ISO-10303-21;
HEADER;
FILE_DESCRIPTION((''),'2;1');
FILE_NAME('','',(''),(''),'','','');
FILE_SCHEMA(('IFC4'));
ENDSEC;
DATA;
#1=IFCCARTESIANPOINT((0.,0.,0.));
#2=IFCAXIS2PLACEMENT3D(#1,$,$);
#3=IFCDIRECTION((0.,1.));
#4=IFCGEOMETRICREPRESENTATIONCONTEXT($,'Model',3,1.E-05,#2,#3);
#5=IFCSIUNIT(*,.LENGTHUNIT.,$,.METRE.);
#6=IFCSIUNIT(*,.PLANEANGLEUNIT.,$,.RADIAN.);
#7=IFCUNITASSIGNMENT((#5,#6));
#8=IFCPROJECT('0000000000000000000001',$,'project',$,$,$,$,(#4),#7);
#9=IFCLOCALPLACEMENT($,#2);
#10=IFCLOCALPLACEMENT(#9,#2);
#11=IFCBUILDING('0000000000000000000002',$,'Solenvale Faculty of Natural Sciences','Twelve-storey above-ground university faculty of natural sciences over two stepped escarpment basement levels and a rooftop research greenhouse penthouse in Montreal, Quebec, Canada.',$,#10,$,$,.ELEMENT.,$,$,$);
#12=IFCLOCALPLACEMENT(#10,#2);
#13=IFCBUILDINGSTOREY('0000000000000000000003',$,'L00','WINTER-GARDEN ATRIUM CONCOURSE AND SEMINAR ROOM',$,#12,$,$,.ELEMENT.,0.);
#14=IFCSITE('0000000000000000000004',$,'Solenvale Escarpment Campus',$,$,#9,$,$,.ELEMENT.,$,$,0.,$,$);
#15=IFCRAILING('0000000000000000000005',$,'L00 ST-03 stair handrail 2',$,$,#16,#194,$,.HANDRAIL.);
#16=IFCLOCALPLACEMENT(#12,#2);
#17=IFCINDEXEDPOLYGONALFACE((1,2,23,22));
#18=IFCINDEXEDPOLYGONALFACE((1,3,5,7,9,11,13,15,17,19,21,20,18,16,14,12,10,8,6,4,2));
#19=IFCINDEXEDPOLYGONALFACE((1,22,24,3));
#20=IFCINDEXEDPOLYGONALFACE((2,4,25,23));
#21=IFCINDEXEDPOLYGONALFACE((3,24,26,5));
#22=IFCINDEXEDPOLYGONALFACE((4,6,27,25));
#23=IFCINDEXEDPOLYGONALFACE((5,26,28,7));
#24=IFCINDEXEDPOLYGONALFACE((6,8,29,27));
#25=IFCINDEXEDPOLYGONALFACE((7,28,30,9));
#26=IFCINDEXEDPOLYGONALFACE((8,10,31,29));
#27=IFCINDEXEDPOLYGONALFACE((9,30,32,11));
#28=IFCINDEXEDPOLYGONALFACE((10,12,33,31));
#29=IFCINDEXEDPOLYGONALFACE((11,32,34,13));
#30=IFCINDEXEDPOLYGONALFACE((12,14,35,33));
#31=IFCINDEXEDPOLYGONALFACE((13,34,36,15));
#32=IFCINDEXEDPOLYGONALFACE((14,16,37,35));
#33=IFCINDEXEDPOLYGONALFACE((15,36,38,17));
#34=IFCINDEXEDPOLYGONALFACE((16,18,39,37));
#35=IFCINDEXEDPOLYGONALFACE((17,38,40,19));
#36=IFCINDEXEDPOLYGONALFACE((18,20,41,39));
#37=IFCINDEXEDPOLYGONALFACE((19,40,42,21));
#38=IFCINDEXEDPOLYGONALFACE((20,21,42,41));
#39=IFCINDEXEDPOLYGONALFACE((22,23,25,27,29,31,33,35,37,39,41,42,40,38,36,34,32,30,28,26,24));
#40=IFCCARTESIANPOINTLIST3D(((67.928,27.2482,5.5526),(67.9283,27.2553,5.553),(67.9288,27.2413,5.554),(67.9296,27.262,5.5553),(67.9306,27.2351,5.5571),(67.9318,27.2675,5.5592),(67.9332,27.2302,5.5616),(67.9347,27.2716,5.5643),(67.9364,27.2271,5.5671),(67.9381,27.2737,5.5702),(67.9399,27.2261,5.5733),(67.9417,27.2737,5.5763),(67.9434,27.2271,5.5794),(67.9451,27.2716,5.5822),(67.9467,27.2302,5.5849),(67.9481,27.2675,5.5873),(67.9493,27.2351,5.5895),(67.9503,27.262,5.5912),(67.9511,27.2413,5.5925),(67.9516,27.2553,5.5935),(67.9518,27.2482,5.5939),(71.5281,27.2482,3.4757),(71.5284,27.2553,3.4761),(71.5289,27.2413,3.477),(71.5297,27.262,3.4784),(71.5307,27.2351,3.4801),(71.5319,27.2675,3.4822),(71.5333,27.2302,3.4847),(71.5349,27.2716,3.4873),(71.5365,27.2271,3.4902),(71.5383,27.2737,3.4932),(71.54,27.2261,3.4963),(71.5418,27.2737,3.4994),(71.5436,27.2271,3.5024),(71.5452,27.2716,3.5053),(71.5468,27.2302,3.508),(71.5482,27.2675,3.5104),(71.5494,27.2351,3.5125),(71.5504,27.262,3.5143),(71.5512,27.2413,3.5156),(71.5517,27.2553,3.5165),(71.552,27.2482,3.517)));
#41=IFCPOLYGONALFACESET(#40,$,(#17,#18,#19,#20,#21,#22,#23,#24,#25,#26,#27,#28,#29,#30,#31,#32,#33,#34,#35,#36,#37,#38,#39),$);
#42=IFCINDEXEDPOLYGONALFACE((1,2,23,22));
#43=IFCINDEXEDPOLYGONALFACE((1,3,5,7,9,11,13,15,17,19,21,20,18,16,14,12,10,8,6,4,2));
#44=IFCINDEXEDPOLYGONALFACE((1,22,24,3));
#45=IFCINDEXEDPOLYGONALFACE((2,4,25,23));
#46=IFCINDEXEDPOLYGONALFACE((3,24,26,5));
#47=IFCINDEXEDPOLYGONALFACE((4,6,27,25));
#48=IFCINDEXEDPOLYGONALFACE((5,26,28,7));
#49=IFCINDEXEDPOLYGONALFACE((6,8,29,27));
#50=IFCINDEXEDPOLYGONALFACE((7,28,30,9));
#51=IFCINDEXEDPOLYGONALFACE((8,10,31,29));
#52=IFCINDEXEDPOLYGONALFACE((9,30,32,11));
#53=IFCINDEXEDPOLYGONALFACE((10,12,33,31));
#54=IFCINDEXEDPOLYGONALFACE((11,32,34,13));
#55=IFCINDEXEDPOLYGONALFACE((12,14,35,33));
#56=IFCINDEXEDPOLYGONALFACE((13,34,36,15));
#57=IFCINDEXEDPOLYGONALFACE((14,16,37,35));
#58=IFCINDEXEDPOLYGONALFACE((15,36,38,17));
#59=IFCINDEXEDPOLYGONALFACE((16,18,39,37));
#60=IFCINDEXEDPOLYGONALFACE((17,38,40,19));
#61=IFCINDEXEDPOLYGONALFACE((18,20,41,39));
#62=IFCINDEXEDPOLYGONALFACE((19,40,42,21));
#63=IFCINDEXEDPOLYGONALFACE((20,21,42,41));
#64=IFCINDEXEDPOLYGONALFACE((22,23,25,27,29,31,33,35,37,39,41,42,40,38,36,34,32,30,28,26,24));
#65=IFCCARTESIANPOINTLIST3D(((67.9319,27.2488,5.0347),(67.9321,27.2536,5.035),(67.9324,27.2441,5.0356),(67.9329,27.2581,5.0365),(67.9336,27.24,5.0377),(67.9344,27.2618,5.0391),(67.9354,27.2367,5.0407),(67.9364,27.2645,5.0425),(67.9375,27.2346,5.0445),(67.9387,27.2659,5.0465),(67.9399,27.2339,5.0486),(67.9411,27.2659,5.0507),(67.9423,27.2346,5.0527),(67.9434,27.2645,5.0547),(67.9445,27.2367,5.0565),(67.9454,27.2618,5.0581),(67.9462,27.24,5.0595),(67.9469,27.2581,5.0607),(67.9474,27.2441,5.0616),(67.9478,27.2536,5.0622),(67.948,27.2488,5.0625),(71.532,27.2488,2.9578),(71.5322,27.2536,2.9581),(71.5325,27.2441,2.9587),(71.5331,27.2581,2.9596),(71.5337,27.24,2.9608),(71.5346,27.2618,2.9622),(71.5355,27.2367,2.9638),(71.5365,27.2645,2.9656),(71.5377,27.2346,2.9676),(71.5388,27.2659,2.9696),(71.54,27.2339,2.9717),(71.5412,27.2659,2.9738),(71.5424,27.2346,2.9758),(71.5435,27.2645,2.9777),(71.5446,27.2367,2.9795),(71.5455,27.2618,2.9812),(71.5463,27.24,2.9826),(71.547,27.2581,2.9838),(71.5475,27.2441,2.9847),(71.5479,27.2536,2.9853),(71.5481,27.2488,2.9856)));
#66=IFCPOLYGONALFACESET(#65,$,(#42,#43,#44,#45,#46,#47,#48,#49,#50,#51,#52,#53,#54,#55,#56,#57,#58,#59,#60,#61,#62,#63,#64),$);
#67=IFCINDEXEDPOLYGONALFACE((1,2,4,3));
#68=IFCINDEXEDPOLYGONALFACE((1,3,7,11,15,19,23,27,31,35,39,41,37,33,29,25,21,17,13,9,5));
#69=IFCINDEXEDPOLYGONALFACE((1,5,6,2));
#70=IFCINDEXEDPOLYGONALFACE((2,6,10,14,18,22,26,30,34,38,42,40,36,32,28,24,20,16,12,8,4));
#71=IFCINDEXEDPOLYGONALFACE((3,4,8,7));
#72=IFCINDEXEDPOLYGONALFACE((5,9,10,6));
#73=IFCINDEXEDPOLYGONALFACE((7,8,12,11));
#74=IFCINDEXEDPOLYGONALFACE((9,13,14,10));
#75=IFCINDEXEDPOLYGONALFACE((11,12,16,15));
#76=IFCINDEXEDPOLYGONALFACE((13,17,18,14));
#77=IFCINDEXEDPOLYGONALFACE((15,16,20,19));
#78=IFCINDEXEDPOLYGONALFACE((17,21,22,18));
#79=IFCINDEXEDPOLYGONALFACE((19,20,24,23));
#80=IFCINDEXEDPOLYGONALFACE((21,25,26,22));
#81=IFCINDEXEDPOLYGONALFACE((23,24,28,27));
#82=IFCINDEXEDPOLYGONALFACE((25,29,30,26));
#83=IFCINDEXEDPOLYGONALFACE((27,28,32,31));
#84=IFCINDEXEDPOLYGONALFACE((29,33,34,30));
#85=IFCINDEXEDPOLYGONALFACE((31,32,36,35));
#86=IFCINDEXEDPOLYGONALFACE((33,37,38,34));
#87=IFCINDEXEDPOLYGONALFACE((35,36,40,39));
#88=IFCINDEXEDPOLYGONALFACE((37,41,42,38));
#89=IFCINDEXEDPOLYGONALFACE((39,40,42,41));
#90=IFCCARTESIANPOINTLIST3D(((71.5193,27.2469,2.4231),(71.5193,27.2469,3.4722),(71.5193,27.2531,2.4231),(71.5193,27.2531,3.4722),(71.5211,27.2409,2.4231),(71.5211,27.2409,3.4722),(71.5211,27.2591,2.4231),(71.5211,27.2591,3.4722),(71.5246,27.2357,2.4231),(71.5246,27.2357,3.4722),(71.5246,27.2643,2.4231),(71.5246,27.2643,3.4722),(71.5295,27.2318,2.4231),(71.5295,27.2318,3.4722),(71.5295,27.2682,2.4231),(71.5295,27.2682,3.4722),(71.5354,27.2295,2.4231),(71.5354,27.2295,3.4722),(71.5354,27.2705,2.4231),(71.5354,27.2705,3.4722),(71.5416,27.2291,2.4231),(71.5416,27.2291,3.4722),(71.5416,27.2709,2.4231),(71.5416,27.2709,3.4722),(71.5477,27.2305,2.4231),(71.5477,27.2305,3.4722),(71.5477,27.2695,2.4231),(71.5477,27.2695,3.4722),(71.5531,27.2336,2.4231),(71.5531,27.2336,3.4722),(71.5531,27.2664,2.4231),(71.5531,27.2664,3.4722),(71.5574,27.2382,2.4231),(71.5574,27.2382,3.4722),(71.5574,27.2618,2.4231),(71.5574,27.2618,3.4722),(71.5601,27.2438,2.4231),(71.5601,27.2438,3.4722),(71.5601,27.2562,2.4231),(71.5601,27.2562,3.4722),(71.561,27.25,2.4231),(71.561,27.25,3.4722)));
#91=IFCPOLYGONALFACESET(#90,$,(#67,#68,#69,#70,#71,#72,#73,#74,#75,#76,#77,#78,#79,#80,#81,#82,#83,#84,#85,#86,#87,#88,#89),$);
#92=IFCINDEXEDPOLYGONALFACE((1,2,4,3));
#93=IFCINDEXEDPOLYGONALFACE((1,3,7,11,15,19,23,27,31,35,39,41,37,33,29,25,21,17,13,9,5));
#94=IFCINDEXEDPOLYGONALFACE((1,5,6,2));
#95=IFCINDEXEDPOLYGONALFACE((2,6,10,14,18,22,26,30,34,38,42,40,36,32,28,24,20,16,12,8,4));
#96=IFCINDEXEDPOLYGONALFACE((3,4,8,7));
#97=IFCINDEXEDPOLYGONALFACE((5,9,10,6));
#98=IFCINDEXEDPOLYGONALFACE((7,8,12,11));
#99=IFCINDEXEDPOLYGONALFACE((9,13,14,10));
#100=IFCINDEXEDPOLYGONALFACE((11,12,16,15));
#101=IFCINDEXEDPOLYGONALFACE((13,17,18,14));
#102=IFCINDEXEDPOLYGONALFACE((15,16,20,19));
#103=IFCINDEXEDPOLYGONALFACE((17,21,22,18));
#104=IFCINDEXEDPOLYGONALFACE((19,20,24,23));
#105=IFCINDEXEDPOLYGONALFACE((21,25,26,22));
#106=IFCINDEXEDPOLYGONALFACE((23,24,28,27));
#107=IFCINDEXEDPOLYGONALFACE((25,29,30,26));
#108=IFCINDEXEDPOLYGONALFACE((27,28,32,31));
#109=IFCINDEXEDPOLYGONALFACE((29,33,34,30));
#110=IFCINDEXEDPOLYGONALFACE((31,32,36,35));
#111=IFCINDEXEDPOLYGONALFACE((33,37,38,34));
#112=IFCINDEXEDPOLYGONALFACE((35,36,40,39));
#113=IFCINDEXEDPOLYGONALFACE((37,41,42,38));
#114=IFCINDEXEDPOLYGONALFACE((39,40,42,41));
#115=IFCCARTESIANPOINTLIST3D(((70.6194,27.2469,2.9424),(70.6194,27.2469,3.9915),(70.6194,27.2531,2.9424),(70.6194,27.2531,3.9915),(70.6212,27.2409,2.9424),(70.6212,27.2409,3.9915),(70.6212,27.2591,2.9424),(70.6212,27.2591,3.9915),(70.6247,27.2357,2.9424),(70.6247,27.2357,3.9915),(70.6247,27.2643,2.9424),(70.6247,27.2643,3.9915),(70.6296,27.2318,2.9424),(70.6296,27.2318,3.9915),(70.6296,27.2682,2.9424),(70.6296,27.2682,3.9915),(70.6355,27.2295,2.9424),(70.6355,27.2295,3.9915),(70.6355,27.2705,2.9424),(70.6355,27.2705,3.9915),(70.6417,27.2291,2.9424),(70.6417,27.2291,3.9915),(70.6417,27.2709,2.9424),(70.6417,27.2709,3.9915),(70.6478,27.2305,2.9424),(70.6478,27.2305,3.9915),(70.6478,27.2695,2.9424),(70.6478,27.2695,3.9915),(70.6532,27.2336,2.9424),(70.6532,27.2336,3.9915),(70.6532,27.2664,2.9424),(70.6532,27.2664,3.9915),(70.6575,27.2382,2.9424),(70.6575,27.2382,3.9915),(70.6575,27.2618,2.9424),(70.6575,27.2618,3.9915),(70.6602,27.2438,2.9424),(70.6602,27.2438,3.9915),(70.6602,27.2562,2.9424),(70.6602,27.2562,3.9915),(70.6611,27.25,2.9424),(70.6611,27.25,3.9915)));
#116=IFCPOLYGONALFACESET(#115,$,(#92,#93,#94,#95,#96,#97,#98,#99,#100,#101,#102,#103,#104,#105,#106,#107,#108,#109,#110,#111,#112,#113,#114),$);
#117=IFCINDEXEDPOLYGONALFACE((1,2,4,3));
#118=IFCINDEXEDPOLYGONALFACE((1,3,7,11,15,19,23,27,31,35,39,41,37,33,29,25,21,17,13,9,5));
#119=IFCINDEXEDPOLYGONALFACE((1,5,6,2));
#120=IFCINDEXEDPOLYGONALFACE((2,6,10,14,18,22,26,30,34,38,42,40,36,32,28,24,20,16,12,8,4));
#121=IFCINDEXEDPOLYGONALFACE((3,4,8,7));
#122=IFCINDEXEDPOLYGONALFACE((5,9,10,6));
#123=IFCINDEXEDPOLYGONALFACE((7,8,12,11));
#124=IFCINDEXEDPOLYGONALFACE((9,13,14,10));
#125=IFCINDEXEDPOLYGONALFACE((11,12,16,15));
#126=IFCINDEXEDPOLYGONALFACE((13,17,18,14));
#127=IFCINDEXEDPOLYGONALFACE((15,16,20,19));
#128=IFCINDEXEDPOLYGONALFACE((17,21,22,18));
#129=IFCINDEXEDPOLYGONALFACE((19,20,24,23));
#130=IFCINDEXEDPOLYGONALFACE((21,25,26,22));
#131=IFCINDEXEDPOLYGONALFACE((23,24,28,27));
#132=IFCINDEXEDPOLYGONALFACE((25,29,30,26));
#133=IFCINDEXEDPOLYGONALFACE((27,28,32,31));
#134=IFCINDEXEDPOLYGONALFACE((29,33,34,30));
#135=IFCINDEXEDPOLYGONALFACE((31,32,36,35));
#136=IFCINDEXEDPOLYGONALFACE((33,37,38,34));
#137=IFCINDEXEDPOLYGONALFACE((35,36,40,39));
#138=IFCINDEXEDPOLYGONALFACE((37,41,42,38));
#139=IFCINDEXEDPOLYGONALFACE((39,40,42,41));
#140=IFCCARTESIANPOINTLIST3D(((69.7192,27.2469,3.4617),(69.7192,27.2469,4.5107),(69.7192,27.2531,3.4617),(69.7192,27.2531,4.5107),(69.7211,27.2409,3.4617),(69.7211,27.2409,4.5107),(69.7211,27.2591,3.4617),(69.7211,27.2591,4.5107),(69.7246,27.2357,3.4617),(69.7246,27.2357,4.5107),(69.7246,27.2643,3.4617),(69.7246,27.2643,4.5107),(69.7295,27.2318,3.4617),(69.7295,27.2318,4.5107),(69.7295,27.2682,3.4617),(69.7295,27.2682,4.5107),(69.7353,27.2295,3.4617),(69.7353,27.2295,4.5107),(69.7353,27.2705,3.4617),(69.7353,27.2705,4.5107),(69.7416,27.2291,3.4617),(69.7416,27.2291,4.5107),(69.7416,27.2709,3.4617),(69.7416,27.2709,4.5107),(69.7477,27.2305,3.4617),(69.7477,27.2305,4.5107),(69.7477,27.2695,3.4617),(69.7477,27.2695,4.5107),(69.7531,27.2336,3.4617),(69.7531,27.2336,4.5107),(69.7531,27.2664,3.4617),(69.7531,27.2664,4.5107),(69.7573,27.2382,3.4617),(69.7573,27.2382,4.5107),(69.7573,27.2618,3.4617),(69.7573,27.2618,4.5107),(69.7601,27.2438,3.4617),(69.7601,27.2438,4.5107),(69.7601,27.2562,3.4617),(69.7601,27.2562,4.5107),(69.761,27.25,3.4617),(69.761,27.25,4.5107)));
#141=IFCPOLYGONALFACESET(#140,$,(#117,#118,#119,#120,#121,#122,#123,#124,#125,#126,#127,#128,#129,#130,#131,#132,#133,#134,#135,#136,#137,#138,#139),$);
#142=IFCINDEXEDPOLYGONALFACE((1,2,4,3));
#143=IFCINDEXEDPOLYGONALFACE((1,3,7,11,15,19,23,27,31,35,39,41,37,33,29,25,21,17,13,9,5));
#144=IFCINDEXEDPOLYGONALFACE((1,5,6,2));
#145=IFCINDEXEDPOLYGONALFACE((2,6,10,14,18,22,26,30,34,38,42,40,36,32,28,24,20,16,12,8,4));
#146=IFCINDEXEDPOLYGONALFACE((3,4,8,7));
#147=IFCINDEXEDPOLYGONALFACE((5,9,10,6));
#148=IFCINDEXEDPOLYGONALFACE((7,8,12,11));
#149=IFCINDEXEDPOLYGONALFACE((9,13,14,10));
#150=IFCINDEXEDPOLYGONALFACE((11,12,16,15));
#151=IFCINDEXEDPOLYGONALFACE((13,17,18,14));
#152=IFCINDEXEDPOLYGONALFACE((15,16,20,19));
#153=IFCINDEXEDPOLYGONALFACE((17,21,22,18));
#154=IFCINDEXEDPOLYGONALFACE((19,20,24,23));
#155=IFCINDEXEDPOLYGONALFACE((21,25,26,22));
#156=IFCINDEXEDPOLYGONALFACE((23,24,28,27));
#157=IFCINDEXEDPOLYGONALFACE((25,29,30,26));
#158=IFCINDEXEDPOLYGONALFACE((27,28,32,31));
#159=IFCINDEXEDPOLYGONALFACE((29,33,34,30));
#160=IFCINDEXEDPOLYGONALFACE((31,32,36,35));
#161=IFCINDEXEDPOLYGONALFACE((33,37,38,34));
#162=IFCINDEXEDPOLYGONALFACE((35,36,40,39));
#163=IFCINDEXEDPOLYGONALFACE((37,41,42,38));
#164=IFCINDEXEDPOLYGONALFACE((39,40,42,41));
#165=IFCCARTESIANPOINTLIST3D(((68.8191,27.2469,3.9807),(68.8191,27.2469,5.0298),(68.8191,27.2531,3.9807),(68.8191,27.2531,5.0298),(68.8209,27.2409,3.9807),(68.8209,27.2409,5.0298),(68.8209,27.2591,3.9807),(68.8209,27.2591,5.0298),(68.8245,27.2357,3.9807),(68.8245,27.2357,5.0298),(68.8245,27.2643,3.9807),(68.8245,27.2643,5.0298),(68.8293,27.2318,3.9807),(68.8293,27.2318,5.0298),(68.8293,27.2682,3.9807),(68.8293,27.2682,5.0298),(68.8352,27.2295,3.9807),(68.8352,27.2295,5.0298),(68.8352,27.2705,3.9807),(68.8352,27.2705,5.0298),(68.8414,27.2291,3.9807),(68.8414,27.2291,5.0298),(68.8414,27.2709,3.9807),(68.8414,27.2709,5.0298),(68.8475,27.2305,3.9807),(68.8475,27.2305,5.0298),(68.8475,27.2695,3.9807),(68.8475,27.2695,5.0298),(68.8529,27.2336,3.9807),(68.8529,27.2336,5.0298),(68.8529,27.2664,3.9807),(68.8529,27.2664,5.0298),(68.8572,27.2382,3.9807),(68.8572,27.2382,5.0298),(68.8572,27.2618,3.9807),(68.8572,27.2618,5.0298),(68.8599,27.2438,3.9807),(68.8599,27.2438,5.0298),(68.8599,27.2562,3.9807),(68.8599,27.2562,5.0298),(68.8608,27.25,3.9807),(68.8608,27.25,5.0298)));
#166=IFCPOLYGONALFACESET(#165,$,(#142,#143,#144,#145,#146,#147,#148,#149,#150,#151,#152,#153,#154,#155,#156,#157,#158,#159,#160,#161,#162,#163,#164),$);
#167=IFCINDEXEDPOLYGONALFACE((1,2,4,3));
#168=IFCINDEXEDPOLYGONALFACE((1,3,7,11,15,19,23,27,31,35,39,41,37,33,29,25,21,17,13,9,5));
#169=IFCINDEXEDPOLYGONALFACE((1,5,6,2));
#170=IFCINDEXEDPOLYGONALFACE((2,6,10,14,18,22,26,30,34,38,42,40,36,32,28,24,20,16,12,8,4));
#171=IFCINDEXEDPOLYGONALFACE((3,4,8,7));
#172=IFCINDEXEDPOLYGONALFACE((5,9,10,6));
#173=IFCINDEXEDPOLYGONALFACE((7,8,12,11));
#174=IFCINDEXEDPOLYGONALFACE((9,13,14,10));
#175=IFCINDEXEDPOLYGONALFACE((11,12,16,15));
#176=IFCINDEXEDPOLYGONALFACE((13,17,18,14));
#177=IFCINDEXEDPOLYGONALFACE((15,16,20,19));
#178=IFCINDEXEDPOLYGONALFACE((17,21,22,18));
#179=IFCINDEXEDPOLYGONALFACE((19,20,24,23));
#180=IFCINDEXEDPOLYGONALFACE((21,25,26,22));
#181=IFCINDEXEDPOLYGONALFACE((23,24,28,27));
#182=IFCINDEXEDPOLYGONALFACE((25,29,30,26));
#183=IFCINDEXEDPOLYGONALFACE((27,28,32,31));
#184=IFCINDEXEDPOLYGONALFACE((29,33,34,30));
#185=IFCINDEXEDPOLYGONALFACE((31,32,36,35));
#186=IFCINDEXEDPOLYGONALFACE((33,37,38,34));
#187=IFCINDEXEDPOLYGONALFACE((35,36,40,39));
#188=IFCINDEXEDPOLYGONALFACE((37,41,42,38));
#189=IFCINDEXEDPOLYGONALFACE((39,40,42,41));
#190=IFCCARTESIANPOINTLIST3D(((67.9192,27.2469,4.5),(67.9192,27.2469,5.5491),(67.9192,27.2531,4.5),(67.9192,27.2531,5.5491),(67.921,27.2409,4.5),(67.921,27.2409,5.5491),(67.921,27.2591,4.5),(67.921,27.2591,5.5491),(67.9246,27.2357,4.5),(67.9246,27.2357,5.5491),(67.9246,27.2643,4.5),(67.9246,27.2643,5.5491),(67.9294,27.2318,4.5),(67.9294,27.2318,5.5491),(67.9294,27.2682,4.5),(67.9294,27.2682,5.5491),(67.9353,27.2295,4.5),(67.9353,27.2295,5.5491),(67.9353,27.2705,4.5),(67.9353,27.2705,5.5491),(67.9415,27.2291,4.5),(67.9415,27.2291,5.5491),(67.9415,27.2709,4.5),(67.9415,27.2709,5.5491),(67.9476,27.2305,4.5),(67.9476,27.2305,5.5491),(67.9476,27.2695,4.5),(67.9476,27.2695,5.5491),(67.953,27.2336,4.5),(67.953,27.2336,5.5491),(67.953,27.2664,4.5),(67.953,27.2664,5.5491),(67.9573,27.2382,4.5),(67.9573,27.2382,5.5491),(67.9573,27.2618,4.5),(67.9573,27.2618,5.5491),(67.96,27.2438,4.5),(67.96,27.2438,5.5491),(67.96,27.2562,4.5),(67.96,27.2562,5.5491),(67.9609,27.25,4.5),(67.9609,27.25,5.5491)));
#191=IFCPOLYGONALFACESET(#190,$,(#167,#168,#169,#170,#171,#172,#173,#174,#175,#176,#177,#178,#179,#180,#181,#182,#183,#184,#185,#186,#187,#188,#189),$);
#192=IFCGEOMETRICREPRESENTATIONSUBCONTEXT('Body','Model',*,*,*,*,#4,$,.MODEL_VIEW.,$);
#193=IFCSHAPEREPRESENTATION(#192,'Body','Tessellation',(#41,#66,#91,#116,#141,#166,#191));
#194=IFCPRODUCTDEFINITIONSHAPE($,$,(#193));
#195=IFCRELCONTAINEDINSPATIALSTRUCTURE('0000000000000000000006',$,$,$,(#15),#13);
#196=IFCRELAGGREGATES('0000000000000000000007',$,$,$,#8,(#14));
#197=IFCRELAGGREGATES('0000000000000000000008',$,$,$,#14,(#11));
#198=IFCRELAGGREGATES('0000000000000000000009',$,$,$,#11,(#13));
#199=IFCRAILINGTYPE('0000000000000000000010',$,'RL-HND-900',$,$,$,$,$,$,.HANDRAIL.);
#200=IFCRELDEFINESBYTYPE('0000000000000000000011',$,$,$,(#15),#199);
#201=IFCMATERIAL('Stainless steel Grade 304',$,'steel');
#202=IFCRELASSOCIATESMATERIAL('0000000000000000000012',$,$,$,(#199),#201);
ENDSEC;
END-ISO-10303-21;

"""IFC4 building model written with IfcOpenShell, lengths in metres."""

from ifc_helpers import new_model, si_unit, direction, frame, origin, origin_2d, place, context, subcontext, project, spatial, circle, extrude, material, type_object, element, save


model = new_model("IFC4")

# Units and contexts
model_context = context("Model", 3, precision=1e-05, world=origin(), true_north=direction((0.0, 1.0)))
body_context = subcontext(model_context, "Body", "Model", "MODEL_VIEW")
ifc_project = project(units=[si_unit("LENGTHUNIT", "METRE"), si_unit("PLANEANGLEUNIT", "RADIAN")], contexts=[model_context])

# Site, building, storey
site_placement = place(None, origin())
site = spatial("IfcSite", under=ifc_project, at=site_placement, Name="Solenvale Escarpment Campus", CompositionType="ELEMENT", RefElevation=0.0)
building_placement = place(site_placement, origin())
building = spatial("IfcBuilding", under=site, at=building_placement, Name="Solenvale Faculty of Natural Sciences", Description="Twelve-storey above-ground university faculty of natural sciences over two stepped escarpment basement levels and a rooftop research greenhouse penthouse in Montreal, Quebec, Canada.", CompositionType="ELEMENT")
storey_placement = place(building_placement, origin())
storey = spatial("IfcBuildingStorey", under=building, at=storey_placement, Name="L00", Description="WINTER-GARDEN ATRIUM CONCOURSE AND SEMINAR ROOM", CompositionType="ELEMENT", Elevation=0.0)

# Shared definitions
ifc_material_1 = material(Name="Stainless steel Grade 304", Category="steel")

# Railing
railing_type_1 = type_object("IfcRailingType", Name="RL-HND-900", PredefinedType="HANDRAIL", material=ifc_material_1)
railing_1_placement = place(storey_placement, frame((71.54, 27.25, 2.4231)))
element("IfcRailing", 1, at=railing_1_placement, inside=storey, type_object=railing_type_1, Name="L00 ST-03 stair handrail 2", PredefinedType="HANDRAIL", context=body_context, shape_type="SweptSolid", body=[
    extrude(circle(Radius=0.0239, at=origin_2d()), frame((0.0, 0.0, 1.0732), z_axis=(-0.866193, 0.0, 0.499709), x_axis=(0.0, -1.0, 0.0)), (0.0, 0.0, 1.0), 4.1562),
    extrude(circle(Radius=0.0161, at=origin_2d()), frame((0.0, 0.0, 0.5486), z_axis=(-0.866193, 0.0, 0.499709), x_axis=(0.0, -1.0, 0.0)), (0.0, 0.0, 1.0), 4.1562),
    extrude(circle(Radius=0.021, at=origin_2d()), origin(), (0.0, 0.0, 1.0), 1.0491),
    extrude(circle(Radius=0.021, at=origin_2d()), frame((-0.8999, 0.0, 0.5193)), (0.0, 0.0, 1.0), 1.0491),
    extrude(circle(Radius=0.021, at=origin_2d()), frame((-1.8, 0.0, 1.0386)), (0.0, 0.0, 1.0), 1.0491),
    extrude(circle(Radius=0.021, at=origin_2d()), frame((-2.7002, 0.0, 1.5576)), (0.0, 0.0, 1.0), 1.0491),
    extrude(circle(Radius=0.021, at=origin_2d()), frame((-3.6001, 0.0, 2.0769)), (0.0, 0.0, 1.0), 1.0491),
])

save(model, "model.ifc")
